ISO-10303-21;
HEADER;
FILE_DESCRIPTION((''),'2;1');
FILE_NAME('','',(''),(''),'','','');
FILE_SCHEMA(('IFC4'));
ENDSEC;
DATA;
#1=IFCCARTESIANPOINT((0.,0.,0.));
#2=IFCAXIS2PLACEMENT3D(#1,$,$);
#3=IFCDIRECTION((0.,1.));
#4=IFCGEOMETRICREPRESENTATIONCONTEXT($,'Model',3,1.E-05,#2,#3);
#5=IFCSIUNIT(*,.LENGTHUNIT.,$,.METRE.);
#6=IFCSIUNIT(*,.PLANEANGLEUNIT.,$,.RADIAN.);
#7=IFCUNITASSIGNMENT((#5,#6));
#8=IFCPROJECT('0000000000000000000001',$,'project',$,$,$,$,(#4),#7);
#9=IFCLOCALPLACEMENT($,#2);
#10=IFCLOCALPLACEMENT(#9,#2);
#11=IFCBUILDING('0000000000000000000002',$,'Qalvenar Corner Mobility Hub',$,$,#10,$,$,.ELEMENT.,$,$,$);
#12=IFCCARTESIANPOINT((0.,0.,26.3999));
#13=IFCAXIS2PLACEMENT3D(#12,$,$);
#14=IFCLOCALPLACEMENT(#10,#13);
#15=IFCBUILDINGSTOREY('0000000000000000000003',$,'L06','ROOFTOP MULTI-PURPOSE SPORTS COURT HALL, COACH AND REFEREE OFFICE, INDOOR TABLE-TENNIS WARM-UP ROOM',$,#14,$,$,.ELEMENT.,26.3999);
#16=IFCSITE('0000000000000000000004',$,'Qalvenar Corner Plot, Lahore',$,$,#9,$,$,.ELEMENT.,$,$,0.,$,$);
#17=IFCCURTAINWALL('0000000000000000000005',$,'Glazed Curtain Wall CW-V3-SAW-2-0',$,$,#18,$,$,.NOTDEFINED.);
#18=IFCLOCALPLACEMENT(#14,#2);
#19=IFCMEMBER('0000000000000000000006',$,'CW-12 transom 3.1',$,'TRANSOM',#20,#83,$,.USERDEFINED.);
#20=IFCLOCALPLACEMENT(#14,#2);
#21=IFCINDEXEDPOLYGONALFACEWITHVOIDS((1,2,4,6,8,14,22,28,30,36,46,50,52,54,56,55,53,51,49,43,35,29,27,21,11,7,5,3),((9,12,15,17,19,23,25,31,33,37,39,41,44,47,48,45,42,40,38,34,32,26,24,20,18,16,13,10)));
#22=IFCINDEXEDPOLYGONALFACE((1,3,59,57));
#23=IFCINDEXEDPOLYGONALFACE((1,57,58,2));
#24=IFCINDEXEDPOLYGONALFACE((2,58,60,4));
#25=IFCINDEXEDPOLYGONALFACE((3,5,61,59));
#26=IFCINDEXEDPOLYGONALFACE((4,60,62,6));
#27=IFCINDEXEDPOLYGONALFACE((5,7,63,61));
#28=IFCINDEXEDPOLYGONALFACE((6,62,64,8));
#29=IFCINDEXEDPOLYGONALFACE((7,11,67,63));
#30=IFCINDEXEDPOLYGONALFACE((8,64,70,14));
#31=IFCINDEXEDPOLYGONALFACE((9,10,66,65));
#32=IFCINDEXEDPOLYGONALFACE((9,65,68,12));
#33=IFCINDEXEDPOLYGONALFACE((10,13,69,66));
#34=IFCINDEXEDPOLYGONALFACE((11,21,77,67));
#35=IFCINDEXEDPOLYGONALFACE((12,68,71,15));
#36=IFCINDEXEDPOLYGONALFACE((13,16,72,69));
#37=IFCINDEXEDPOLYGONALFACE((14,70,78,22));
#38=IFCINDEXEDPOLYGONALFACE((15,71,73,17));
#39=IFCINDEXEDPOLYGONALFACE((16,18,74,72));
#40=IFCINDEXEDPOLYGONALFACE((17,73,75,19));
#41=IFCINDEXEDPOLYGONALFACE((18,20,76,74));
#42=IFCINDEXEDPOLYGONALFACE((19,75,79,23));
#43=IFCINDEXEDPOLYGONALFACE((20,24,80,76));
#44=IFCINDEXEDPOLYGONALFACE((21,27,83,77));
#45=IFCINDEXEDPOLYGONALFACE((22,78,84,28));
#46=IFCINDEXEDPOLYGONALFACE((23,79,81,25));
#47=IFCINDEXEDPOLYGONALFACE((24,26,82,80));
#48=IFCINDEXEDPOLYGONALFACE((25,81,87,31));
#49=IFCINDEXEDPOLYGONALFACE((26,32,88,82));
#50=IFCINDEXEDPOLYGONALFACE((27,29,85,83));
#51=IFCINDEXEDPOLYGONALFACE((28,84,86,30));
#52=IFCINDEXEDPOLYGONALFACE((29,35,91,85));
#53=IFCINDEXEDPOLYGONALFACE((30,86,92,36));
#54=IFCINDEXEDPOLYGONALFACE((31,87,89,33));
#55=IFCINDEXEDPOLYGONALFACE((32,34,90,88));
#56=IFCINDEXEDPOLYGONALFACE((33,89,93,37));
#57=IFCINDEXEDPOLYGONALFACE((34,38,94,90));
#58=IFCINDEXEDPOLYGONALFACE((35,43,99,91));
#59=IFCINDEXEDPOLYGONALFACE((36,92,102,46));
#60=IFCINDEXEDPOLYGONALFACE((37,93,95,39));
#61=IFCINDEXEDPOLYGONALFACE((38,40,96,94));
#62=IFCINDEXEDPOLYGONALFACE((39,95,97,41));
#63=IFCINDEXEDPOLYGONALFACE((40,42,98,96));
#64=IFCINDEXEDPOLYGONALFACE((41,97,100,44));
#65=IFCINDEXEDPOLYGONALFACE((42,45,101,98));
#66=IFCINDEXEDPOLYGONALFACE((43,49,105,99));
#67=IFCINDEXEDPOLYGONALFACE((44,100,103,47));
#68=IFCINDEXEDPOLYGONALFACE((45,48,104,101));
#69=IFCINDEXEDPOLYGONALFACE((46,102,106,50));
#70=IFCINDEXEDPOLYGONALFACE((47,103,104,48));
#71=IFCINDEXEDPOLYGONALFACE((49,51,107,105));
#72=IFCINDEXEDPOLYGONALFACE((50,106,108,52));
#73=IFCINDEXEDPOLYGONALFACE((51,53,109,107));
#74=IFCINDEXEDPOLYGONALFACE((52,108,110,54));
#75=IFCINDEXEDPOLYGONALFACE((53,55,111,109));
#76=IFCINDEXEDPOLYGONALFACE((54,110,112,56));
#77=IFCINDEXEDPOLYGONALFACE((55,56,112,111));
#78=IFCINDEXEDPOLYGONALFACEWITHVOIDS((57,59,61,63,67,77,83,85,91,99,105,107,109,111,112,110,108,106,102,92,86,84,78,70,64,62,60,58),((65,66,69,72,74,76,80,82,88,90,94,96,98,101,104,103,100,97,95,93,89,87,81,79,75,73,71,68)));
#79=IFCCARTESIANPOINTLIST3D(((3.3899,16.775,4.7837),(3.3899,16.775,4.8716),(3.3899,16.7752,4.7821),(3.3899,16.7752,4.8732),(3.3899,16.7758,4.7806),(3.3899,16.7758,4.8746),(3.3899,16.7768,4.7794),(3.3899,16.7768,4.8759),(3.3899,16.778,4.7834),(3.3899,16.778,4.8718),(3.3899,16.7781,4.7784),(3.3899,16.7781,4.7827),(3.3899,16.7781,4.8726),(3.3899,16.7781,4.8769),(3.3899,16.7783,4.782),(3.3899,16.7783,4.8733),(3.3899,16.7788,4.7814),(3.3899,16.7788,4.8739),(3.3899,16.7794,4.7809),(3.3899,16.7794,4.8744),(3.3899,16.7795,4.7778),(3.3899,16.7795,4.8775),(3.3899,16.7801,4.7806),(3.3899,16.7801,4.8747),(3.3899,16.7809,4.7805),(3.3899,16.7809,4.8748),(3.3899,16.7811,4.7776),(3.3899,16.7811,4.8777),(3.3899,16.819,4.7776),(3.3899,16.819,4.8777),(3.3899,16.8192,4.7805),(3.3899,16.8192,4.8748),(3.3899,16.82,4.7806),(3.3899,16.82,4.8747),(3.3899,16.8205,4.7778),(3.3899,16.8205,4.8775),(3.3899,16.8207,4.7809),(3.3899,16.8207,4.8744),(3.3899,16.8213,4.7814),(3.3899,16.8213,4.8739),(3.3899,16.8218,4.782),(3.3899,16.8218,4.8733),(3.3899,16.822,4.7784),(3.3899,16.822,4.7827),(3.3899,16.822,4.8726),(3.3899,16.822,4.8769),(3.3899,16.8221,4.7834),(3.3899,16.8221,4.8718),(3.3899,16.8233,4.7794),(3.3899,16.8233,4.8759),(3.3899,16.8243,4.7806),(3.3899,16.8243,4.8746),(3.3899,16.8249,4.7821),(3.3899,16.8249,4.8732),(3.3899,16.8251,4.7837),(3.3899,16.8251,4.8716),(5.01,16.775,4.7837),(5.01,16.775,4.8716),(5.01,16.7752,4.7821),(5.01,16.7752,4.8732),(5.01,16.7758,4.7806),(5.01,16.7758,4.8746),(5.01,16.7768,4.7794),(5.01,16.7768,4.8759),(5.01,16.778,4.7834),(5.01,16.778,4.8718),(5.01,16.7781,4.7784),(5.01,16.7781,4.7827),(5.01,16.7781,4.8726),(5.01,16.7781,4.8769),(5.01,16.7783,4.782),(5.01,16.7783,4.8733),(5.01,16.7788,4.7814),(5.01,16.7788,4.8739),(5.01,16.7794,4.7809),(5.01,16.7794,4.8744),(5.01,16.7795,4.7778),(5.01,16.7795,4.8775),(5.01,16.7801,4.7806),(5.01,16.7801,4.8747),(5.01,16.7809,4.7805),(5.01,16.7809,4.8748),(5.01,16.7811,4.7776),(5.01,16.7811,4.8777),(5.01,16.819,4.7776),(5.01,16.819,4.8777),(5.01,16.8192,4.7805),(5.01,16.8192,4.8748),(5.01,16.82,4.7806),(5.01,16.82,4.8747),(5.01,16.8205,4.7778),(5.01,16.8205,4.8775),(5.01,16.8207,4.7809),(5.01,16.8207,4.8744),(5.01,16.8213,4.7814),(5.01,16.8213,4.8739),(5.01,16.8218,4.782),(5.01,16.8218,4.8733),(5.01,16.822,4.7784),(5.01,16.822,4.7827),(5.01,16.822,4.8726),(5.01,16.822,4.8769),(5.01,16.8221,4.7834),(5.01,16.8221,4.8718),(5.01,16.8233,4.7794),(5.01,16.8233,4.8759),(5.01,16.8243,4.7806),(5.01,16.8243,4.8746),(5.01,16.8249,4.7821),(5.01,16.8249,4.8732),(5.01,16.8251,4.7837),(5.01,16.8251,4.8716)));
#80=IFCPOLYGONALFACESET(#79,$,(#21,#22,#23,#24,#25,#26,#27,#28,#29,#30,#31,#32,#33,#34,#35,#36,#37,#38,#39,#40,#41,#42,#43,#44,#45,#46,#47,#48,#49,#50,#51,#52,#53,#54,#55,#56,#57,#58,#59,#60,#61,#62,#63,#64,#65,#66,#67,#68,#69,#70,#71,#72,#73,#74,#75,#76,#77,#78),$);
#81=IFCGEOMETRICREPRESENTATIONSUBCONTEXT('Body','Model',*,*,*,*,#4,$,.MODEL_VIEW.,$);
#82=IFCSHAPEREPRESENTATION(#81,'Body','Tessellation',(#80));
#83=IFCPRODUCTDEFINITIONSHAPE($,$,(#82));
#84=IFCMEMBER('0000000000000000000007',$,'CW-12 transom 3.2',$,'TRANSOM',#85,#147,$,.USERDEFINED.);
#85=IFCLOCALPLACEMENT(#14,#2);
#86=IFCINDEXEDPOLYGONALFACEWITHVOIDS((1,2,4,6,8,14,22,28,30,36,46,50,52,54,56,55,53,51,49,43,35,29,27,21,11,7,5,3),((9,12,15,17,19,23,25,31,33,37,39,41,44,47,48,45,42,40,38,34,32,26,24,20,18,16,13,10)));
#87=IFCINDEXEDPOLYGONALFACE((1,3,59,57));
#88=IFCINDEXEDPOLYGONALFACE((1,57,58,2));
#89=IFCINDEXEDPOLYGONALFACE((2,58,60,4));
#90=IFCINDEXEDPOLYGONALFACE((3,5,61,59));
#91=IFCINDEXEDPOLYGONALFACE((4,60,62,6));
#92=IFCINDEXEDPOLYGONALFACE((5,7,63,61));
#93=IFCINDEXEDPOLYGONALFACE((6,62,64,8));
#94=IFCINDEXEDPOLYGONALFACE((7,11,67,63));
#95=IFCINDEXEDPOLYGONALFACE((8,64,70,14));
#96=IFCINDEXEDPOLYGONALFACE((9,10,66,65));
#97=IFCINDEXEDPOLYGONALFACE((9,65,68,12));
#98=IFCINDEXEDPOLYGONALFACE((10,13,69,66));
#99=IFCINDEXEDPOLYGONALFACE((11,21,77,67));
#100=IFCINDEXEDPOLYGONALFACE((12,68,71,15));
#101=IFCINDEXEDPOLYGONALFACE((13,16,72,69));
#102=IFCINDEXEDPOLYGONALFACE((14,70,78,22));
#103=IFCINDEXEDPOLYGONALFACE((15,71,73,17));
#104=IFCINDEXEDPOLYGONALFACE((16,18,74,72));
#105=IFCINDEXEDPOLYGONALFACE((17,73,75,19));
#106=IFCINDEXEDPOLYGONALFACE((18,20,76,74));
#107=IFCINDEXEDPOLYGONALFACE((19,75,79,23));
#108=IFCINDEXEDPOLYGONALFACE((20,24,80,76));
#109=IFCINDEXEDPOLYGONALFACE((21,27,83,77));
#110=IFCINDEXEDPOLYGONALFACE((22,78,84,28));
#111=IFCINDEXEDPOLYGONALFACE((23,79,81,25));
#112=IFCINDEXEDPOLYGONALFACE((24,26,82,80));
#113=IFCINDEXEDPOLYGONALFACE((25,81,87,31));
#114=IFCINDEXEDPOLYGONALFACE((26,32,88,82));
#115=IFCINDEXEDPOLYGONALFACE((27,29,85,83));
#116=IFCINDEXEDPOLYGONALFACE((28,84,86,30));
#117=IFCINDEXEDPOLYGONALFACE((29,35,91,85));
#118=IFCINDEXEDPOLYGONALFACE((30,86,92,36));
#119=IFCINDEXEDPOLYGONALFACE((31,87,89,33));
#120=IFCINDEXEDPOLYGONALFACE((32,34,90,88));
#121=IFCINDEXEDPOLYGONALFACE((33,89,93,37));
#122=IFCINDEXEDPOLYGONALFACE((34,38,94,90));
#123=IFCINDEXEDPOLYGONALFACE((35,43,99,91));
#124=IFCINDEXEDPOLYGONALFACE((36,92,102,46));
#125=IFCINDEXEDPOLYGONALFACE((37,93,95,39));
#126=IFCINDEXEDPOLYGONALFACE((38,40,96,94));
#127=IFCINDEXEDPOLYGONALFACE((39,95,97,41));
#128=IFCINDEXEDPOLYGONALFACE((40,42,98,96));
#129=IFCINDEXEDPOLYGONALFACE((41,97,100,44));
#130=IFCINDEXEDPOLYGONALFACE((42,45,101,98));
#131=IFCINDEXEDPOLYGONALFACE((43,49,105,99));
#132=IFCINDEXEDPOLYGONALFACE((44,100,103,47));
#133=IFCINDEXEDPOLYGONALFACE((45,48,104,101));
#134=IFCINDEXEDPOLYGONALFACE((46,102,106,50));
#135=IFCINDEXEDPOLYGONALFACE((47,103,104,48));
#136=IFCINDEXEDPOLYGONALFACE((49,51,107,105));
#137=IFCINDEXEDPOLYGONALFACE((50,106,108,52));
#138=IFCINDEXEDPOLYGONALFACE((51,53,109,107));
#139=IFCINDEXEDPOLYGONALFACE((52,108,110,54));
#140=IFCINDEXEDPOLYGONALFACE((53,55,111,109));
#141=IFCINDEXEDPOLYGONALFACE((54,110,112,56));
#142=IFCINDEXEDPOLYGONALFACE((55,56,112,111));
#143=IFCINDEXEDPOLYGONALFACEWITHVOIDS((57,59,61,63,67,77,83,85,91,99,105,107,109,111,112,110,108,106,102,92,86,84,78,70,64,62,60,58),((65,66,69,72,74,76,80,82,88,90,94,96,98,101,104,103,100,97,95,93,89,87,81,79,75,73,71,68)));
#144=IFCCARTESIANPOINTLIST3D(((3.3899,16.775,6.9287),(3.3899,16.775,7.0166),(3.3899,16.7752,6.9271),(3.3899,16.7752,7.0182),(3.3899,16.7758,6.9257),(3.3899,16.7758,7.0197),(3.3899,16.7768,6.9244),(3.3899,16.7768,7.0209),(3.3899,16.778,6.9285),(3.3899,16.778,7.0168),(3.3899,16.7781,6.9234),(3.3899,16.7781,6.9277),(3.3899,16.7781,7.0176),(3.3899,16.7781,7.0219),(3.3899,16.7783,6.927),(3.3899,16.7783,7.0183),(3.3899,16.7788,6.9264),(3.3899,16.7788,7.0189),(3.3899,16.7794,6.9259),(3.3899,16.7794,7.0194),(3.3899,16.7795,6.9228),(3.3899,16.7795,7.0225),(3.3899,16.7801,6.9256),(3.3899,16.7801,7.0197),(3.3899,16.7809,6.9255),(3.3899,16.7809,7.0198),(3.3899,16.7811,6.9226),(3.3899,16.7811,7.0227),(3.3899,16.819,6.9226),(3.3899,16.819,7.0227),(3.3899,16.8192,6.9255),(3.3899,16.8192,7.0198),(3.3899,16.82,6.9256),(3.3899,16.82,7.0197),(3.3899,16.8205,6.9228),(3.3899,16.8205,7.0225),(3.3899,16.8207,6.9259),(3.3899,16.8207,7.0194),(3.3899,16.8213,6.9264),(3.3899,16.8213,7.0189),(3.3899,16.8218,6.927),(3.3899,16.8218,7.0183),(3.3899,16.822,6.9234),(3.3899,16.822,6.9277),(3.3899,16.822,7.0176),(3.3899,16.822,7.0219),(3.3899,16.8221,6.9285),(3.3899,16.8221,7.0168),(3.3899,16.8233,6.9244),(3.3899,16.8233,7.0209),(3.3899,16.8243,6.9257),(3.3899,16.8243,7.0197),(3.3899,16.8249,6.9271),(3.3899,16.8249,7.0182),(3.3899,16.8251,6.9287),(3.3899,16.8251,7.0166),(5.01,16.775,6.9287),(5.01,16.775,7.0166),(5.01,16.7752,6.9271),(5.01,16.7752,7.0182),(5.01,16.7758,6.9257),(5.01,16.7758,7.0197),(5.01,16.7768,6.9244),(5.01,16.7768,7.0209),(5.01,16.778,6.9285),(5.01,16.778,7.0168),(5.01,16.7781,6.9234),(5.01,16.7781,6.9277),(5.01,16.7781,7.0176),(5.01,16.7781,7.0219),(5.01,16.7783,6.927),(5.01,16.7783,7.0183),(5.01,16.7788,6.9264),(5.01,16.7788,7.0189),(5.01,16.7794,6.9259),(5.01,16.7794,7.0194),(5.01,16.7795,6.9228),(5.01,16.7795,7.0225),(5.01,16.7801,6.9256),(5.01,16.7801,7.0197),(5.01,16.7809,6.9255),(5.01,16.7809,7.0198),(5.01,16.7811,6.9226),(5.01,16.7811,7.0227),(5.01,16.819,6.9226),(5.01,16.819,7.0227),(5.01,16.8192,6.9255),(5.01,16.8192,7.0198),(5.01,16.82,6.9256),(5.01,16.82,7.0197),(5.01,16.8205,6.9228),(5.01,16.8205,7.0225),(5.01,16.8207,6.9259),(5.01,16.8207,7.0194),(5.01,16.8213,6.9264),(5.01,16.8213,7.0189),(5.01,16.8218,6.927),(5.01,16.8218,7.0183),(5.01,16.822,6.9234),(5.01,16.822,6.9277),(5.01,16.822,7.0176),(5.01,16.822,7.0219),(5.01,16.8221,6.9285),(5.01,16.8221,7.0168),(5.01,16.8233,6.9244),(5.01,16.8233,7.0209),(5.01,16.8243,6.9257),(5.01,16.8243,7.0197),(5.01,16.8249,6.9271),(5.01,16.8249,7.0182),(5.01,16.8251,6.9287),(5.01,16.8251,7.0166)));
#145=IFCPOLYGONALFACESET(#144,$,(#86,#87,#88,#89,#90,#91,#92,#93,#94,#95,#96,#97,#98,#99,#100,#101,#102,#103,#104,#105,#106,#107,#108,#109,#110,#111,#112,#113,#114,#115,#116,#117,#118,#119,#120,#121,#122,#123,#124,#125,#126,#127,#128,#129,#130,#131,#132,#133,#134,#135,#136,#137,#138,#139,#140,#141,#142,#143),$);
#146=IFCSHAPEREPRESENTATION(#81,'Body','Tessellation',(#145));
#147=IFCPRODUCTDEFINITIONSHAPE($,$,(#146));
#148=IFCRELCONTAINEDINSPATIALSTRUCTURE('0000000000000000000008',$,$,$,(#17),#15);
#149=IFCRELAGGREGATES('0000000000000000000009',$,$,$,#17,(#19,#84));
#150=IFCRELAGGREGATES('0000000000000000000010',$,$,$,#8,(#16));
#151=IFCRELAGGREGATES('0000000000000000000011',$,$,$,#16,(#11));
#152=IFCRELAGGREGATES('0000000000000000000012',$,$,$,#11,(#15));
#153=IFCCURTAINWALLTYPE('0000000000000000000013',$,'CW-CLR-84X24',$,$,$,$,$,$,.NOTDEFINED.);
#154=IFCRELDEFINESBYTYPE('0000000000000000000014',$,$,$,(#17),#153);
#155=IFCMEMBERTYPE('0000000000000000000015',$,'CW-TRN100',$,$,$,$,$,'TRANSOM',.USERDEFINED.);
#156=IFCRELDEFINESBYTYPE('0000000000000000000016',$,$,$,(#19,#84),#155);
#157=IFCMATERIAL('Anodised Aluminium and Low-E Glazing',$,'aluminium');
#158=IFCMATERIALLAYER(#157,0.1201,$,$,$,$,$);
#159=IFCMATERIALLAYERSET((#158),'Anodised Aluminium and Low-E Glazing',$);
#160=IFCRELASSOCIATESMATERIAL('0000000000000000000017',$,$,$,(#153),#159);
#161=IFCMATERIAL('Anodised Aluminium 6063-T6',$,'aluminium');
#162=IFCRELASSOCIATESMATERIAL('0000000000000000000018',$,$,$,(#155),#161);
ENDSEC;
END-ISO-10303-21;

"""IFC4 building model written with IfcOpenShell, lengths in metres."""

from ifc_helpers import new_model, si_unit, direction, frame, origin, origin_2d, place, context, subcontext, project, spatial, hollow_rectangle, extrude, material, layer, layer_set, material_profile, profile_set, type_object, element, aggregate, save


model = new_model("IFC4")

# Units and contexts
model_context = context("Model", 3, precision=1e-05, world=origin(), true_north=direction((0.0, 1.0)))
body_context = subcontext(model_context, "Body", "Model", "MODEL_VIEW")
ifc_project = project(units=[si_unit("LENGTHUNIT", "METRE"), si_unit("PLANEANGLEUNIT", "RADIAN")], contexts=[model_context])

# Site, building, storey
site_placement = place(None, origin())
site = spatial("IfcSite", under=ifc_project, at=site_placement, Name="Qalvenar Corner Plot, Lahore", CompositionType="ELEMENT", RefElevation=0.0)
building_placement = place(site_placement, origin())
building = spatial("IfcBuilding", under=site, at=building_placement, Name="Qalvenar Corner Mobility Hub", CompositionType="ELEMENT")
storey_placement = place(building_placement, frame((0.0, 0.0, 26.3999)))
storey = spatial("IfcBuildingStorey", under=building, at=storey_placement, Name="L06", Description="ROOFTOP MULTI-PURPOSE SPORTS COURT HALL, COACH AND REFEREE OFFICE, INDOOR TABLE-TENNIS WARM-UP ROOM", CompositionType="ELEMENT", Elevation=26.3999)

# Curtain wall, members
ifc_material_1 = material(Name="Anodised Aluminium and Low-E Glazing", Category="aluminium")
ifc_layer_1 = layer(ifc_material_1, 0.1201)
ifc_layer_set_1 = layer_set([ifc_layer_1], Name="Anodised Aluminium and Low-E Glazing")
curtain_wall_type_1 = type_object("IfcCurtainWallType", Name="CW-CLR-84X24", PredefinedType="NOTDEFINED", material=ifc_layer_set_1)
curtain_wall_1_placement = place(storey_placement, origin())
curtain_wall_1 = element("IfcCurtainWall", 1, at=curtain_wall_1_placement, inside=storey, type_object=curtain_wall_type_1, Name="Glazed Curtain Wall CW-V3-SAW-2-0", PredefinedType="NOTDEFINED")
ifc_material_2 = material(Name="Anodised Aluminium 6063-T6", Category="aluminium")
ifc_material_profile_1 = material_profile(ifc_material_2, hollow_rectangle(XDim=0.05, YDim=0.1001, WallThickness=0.0029, InnerFilletRadius=0.0029, OuterFilletRadius=0.0061, at=origin_2d()), Name="RHS100x50x3")
ifc_profile_set_1 = profile_set([ifc_material_profile_1], Name="Anodised Aluminium 6063-T6")
member_type_1 = type_object("IfcMemberType", Name="CW-TRN100", ElementType="TRANSOM", PredefinedType="USERDEFINED", material=ifc_profile_set_1)
member_1_placement = place(storey_placement, frame((5.01, 16.8, 4.8276), z_axis=(-1.0, 0.0, 0.0), x_axis=(0.0, -1.0, 0.0)))
member_1 = element("IfcMember", 2, at=member_1_placement, type_object=member_type_1, Name="CW-12 transom 3.1", ObjectType="TRANSOM", PredefinedType="USERDEFINED", context=body_context, shape_type="SweptSolid", body=[
    extrude(hollow_rectangle(XDim=0.05, YDim=0.1001, WallThickness=0.0029, InnerFilletRadius=0.0029, OuterFilletRadius=0.0061, at=origin_2d()), origin(), (0.0, 0.0, 1.0), 1.6201),
])
member_2_placement = place(storey_placement, frame((5.01, 16.8, 6.9727), z_axis=(-1.0, 0.0, 0.0), x_axis=(0.0, -1.0, 0.0)))
member_2 = element("IfcMember", 3, at=member_2_placement, type_object=member_type_1, Name="CW-12 transom 3.2", ObjectType="TRANSOM", PredefinedType="USERDEFINED", context=body_context, shape_type="SweptSolid", body=[
    extrude(hollow_rectangle(XDim=0.05, YDim=0.1001, WallThickness=0.0029, InnerFilletRadius=0.0029, OuterFilletRadius=0.0061, at=origin_2d()), origin(), (0.0, 0.0, 1.0), 1.6201),
])

aggregate(curtain_wall_1, [member_1, member_2])

save(model, "model.ifc")
